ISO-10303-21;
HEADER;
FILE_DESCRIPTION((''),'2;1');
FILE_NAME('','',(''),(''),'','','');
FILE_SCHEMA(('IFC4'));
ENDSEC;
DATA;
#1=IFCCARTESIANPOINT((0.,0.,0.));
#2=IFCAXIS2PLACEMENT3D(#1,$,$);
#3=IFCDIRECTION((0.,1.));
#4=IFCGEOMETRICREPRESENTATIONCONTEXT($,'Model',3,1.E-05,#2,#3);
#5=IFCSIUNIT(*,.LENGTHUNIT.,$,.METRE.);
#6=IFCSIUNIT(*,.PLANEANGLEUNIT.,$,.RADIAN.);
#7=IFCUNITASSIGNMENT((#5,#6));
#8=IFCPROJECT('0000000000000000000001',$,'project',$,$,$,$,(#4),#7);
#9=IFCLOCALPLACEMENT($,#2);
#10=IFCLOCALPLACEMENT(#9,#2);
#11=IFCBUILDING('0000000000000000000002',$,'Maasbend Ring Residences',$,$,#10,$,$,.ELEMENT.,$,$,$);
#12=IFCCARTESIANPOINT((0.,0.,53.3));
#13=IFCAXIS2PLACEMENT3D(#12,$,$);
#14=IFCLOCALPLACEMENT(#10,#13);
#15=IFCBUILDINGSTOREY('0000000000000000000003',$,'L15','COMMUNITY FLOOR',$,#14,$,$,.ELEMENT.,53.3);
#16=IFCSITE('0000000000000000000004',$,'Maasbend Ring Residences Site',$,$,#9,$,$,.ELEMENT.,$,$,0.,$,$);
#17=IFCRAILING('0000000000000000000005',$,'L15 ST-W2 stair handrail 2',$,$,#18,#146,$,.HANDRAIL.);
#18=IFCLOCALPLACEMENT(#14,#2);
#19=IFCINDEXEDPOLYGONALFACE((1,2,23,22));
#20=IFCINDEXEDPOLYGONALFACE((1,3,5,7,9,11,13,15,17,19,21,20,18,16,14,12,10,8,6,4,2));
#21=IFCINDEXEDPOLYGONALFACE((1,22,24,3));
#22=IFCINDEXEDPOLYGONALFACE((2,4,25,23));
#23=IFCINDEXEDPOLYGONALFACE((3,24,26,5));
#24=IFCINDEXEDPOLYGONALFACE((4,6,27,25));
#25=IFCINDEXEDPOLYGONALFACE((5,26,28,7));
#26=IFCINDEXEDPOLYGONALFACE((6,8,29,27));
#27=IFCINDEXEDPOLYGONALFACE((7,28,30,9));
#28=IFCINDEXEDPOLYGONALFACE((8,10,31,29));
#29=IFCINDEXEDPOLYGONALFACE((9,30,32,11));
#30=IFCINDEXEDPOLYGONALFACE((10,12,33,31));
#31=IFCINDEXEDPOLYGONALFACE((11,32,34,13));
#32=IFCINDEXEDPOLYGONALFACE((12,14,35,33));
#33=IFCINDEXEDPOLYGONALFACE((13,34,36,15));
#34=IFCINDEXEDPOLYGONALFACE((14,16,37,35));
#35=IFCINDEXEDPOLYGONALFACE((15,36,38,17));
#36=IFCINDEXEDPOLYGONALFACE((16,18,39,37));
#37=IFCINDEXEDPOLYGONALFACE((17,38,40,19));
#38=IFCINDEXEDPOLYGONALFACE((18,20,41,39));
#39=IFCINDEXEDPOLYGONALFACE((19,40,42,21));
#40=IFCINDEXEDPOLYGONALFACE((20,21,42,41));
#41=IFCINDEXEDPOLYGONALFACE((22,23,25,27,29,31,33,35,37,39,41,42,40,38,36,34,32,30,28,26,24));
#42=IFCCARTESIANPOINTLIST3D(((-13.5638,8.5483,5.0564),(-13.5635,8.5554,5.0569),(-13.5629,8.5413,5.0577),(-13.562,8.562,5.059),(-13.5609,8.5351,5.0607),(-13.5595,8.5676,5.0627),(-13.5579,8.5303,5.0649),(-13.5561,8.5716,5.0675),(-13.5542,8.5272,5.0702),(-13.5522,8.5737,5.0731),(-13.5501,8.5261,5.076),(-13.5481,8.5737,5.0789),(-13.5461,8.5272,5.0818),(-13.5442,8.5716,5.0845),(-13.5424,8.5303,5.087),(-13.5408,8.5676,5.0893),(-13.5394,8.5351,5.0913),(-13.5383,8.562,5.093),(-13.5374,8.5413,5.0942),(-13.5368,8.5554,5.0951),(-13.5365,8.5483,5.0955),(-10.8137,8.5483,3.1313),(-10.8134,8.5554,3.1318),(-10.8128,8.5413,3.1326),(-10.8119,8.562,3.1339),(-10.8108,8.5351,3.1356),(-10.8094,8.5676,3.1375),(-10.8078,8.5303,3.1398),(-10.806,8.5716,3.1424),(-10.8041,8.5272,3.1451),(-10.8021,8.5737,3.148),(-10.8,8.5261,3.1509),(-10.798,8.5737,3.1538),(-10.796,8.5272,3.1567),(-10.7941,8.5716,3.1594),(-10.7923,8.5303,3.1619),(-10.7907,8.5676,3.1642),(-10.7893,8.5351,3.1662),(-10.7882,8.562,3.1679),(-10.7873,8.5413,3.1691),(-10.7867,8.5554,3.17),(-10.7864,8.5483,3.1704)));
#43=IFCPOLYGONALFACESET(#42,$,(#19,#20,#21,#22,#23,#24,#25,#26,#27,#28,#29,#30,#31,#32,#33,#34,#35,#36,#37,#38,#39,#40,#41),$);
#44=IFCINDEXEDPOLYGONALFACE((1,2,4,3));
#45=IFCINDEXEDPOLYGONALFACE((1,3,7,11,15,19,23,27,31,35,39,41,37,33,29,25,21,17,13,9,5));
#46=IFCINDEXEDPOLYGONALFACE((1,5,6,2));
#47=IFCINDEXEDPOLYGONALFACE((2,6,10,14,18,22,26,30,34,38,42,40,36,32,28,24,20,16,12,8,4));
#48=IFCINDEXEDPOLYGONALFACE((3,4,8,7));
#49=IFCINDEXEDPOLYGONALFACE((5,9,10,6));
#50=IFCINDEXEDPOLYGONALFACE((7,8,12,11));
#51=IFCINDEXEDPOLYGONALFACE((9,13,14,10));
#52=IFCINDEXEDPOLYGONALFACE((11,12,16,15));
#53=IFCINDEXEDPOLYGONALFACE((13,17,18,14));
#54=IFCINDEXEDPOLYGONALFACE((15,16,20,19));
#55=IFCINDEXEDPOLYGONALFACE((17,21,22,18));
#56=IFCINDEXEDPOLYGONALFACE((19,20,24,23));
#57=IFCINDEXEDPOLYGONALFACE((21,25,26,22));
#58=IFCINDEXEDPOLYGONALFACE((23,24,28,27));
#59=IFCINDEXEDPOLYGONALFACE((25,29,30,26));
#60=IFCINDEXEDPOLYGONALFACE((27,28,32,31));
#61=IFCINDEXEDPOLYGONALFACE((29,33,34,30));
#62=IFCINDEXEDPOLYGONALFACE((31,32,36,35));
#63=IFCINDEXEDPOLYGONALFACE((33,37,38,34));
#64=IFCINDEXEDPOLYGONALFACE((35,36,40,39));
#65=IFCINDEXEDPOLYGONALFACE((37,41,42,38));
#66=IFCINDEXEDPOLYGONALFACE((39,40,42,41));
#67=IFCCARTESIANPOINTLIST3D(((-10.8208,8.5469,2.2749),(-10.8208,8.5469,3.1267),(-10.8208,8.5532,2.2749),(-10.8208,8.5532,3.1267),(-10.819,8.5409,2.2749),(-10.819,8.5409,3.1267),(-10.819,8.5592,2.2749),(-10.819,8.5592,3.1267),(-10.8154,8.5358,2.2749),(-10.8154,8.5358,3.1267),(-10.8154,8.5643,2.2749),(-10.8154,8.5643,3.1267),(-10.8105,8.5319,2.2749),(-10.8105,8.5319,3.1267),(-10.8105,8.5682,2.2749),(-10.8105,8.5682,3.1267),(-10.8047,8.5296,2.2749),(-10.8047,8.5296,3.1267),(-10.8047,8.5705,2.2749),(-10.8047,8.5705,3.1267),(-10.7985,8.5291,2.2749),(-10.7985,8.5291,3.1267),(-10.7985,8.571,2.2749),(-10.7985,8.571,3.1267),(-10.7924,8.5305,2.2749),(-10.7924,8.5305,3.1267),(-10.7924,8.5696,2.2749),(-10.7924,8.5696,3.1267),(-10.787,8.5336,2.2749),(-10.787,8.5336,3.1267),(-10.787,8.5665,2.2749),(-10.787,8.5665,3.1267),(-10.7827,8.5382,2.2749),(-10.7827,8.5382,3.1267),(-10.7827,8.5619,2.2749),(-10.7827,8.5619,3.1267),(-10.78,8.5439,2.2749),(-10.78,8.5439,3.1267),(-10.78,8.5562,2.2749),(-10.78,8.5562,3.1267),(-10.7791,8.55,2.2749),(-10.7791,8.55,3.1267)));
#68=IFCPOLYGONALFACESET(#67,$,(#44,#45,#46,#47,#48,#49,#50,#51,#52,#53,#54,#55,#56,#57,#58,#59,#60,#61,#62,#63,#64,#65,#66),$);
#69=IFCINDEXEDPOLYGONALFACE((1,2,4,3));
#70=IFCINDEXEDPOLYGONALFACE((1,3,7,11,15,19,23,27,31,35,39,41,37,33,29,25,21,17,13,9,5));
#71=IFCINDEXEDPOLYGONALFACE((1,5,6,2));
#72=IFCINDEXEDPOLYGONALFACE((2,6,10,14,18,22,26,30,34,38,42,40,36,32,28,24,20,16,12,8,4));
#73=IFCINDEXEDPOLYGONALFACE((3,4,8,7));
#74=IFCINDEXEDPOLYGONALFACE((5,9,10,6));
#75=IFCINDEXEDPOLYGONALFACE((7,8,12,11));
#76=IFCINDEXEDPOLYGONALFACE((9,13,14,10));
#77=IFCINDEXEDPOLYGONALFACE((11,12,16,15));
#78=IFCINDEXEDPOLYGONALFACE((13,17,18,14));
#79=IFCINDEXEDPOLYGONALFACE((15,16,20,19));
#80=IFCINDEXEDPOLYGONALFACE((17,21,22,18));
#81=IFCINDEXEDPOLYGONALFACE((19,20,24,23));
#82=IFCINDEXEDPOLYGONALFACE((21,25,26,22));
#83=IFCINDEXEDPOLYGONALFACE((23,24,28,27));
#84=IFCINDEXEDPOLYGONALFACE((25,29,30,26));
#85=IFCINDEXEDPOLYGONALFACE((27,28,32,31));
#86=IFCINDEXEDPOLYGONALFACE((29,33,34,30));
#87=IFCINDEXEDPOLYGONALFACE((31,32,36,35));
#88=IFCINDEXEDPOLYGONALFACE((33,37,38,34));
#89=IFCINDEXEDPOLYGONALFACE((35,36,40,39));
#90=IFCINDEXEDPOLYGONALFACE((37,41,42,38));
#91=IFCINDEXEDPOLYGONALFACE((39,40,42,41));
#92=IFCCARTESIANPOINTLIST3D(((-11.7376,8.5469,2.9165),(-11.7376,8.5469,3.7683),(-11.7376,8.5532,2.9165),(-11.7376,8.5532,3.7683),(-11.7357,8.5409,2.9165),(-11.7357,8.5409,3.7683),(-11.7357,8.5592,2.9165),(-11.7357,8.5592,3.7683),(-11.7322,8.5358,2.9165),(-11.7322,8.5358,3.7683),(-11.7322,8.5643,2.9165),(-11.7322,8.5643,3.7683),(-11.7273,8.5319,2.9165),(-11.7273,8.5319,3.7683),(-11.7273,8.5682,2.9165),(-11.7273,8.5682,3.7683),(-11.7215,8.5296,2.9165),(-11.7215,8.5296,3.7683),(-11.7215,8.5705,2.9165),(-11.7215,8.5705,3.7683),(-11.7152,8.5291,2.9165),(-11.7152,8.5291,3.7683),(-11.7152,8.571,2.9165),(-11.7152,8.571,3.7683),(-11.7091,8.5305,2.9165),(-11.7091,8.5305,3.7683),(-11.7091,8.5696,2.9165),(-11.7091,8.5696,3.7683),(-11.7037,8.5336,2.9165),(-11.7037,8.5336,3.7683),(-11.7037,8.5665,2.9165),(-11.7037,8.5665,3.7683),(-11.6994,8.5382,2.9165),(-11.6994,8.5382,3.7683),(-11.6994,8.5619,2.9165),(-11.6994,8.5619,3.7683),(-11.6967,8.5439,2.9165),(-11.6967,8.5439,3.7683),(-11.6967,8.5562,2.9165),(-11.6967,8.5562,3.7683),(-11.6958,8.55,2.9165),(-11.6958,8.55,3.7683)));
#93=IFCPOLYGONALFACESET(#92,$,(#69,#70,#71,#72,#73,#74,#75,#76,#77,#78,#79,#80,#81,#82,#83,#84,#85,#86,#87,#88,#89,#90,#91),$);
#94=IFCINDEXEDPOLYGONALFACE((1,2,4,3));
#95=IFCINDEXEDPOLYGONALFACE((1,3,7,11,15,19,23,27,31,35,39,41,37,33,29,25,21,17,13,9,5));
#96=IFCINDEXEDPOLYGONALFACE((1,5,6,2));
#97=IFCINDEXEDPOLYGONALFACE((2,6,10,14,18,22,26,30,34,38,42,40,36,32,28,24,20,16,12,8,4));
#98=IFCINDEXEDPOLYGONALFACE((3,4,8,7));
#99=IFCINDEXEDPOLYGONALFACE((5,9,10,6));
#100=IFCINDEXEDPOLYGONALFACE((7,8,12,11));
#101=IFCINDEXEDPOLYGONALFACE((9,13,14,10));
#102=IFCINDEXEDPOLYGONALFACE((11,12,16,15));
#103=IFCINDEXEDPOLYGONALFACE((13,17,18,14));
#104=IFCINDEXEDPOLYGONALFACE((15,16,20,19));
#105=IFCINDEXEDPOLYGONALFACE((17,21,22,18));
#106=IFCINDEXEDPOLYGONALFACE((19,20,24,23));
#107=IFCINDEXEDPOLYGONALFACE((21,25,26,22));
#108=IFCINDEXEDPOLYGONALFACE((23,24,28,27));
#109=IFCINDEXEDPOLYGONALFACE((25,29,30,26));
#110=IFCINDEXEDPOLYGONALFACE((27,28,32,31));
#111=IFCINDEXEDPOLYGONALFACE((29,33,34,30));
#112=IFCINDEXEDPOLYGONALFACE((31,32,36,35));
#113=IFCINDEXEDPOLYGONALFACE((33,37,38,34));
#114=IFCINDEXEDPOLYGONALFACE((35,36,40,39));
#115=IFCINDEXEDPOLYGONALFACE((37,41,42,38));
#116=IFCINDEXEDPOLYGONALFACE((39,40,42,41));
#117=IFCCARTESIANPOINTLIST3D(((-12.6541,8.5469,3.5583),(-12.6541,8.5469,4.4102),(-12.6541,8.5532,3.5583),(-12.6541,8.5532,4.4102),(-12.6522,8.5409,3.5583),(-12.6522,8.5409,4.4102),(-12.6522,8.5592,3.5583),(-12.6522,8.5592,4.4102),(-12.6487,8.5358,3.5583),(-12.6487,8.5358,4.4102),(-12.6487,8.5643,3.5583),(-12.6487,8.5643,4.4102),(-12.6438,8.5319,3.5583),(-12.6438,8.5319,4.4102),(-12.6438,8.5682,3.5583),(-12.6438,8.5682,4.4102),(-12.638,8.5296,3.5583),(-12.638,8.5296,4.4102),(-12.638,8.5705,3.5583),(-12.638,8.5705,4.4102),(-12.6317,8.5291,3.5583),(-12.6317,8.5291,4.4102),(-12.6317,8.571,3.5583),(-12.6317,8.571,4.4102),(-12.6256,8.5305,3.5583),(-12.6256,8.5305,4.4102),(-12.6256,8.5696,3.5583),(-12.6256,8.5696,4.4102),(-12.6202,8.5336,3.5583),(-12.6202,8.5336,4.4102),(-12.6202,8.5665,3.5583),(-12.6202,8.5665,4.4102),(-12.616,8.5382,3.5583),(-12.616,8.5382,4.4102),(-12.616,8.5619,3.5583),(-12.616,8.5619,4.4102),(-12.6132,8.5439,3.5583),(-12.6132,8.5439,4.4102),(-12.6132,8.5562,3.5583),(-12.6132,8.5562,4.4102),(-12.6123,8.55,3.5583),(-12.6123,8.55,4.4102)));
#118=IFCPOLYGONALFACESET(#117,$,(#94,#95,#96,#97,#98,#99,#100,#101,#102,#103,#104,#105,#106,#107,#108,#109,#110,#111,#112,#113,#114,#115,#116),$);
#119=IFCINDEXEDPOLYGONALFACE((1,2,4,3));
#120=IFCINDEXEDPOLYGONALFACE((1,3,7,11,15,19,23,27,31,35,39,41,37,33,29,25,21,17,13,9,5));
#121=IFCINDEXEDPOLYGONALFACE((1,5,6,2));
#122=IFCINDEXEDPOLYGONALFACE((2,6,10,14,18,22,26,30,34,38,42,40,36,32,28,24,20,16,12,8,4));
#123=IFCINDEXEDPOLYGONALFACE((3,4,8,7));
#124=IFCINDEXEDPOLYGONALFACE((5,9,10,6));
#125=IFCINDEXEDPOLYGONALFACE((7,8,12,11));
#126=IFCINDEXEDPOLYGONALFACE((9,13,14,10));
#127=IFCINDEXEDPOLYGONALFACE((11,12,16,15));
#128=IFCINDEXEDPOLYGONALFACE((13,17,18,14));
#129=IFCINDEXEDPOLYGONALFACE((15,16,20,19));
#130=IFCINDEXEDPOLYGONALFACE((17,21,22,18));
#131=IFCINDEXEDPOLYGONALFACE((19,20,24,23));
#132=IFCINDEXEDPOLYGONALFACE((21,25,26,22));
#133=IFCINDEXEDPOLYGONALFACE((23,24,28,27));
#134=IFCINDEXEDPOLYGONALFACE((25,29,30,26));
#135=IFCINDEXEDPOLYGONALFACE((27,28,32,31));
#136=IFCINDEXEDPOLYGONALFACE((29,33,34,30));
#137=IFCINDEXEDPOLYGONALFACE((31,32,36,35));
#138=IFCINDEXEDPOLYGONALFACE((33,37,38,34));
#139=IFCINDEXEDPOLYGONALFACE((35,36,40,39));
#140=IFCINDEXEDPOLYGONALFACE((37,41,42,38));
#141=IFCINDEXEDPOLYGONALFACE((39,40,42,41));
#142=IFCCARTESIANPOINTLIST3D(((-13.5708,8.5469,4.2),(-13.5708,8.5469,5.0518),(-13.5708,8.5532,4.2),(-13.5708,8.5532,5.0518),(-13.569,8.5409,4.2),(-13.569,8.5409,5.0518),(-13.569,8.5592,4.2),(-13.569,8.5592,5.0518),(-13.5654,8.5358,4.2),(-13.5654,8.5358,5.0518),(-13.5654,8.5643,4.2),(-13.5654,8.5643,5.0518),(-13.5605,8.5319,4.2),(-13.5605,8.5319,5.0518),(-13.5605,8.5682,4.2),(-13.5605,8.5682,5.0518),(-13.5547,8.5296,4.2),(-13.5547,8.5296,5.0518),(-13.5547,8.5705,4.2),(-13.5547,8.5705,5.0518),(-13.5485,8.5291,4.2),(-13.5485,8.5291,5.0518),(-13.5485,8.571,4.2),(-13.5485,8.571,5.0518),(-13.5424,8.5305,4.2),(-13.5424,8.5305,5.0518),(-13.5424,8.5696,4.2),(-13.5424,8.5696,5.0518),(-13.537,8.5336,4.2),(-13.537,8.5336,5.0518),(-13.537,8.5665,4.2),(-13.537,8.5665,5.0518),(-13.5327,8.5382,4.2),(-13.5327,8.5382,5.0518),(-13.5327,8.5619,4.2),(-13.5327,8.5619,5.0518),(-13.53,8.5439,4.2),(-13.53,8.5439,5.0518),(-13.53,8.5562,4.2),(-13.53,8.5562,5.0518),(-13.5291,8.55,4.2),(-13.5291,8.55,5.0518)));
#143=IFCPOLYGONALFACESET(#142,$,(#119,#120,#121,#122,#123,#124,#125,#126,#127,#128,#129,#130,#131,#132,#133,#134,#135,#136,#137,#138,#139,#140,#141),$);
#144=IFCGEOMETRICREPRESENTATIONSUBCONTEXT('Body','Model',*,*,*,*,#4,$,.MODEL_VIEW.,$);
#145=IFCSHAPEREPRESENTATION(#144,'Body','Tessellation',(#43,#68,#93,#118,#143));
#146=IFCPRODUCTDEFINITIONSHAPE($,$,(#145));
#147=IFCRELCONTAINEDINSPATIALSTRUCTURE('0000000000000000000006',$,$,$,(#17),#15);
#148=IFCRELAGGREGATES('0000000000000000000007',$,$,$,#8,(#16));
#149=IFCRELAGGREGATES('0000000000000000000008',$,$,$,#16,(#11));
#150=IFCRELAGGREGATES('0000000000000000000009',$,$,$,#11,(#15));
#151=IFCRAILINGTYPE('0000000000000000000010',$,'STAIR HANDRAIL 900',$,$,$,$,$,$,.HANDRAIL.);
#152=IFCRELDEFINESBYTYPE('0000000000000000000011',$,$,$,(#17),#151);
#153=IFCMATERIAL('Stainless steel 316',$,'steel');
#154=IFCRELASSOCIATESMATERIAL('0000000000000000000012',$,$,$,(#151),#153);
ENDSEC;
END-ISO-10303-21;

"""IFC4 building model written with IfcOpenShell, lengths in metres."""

from ifc_helpers import new_model, si_unit, direction, frame, origin, origin_2d, place, context, subcontext, project, spatial, circle, extrude, material, type_object, element, save


model = new_model("IFC4")

# Units and contexts
model_context = context("Model", 3, precision=1e-05, world=origin(), true_north=direction((0.0, 1.0)))
body_context = subcontext(model_context, "Body", "Model", "MODEL_VIEW")
ifc_project = project(units=[si_unit("LENGTHUNIT", "METRE"), si_unit("PLANEANGLEUNIT", "RADIAN")], contexts=[model_context])

# Site, building, storey
site_placement = place(None, origin())
site = spatial("IfcSite", under=ifc_project, at=site_placement, Name="Maasbend Ring Residences Site", CompositionType="ELEMENT", RefElevation=0.0)
building_placement = place(site_placement, origin())
building = spatial("IfcBuilding", under=site, at=building_placement, Name="Maasbend Ring Residences", CompositionType="ELEMENT")
storey_placement = place(building_placement, frame((0.0, 0.0, 53.3)))
storey = spatial("IfcBuildingStorey", under=building, at=storey_placement, Name="L15", Description="COMMUNITY FLOOR", CompositionType="ELEMENT", Elevation=53.3)

# Railing
ifc_material_1 = material(Name="Stainless steel 316", Category="steel")
railing_type_1 = type_object("IfcRailingType", Name="STAIR HANDRAIL 900", PredefinedType="HANDRAIL", material=ifc_material_1)
railing_1_placement = place(storey_placement, frame((-10.8, 8.55, 2.2749)))
element("IfcRailing", 1, at=railing_1_placement, inside=storey, type_object=railing_type_1, Name="L15 ST-W2 stair handrail 2", PredefinedType="HANDRAIL", context=body_context, shape_type="SweptSolid", body=[
    extrude(circle(Radius=0.0239, at=origin_2d()), frame((0.0, 0.0, 0.876), z_axis=(-0.819225, 0.0, 0.573472), x_axis=(0.0, -1.0, 0.0)), (0.0, 0.0, 1.0), 3.3569),
    extrude(circle(Radius=0.021, at=origin_2d()), origin(), (0.0, 0.0, 1.0), 0.8518),
    extrude(circle(Radius=0.021, at=origin_2d()), frame((-0.9167, 0.0, 0.6416)), (0.0, 0.0, 1.0), 0.8518),
    extrude(circle(Radius=0.021, at=origin_2d()), frame((-1.8333, 0.0, 1.2834)), (0.0, 0.0, 1.0), 0.8518),
    extrude(circle(Radius=0.021, at=origin_2d()), frame((-2.75, 0.0, 1.925)), (0.0, 0.0, 1.0), 0.8518),
])

save(model, "model.ifc")
